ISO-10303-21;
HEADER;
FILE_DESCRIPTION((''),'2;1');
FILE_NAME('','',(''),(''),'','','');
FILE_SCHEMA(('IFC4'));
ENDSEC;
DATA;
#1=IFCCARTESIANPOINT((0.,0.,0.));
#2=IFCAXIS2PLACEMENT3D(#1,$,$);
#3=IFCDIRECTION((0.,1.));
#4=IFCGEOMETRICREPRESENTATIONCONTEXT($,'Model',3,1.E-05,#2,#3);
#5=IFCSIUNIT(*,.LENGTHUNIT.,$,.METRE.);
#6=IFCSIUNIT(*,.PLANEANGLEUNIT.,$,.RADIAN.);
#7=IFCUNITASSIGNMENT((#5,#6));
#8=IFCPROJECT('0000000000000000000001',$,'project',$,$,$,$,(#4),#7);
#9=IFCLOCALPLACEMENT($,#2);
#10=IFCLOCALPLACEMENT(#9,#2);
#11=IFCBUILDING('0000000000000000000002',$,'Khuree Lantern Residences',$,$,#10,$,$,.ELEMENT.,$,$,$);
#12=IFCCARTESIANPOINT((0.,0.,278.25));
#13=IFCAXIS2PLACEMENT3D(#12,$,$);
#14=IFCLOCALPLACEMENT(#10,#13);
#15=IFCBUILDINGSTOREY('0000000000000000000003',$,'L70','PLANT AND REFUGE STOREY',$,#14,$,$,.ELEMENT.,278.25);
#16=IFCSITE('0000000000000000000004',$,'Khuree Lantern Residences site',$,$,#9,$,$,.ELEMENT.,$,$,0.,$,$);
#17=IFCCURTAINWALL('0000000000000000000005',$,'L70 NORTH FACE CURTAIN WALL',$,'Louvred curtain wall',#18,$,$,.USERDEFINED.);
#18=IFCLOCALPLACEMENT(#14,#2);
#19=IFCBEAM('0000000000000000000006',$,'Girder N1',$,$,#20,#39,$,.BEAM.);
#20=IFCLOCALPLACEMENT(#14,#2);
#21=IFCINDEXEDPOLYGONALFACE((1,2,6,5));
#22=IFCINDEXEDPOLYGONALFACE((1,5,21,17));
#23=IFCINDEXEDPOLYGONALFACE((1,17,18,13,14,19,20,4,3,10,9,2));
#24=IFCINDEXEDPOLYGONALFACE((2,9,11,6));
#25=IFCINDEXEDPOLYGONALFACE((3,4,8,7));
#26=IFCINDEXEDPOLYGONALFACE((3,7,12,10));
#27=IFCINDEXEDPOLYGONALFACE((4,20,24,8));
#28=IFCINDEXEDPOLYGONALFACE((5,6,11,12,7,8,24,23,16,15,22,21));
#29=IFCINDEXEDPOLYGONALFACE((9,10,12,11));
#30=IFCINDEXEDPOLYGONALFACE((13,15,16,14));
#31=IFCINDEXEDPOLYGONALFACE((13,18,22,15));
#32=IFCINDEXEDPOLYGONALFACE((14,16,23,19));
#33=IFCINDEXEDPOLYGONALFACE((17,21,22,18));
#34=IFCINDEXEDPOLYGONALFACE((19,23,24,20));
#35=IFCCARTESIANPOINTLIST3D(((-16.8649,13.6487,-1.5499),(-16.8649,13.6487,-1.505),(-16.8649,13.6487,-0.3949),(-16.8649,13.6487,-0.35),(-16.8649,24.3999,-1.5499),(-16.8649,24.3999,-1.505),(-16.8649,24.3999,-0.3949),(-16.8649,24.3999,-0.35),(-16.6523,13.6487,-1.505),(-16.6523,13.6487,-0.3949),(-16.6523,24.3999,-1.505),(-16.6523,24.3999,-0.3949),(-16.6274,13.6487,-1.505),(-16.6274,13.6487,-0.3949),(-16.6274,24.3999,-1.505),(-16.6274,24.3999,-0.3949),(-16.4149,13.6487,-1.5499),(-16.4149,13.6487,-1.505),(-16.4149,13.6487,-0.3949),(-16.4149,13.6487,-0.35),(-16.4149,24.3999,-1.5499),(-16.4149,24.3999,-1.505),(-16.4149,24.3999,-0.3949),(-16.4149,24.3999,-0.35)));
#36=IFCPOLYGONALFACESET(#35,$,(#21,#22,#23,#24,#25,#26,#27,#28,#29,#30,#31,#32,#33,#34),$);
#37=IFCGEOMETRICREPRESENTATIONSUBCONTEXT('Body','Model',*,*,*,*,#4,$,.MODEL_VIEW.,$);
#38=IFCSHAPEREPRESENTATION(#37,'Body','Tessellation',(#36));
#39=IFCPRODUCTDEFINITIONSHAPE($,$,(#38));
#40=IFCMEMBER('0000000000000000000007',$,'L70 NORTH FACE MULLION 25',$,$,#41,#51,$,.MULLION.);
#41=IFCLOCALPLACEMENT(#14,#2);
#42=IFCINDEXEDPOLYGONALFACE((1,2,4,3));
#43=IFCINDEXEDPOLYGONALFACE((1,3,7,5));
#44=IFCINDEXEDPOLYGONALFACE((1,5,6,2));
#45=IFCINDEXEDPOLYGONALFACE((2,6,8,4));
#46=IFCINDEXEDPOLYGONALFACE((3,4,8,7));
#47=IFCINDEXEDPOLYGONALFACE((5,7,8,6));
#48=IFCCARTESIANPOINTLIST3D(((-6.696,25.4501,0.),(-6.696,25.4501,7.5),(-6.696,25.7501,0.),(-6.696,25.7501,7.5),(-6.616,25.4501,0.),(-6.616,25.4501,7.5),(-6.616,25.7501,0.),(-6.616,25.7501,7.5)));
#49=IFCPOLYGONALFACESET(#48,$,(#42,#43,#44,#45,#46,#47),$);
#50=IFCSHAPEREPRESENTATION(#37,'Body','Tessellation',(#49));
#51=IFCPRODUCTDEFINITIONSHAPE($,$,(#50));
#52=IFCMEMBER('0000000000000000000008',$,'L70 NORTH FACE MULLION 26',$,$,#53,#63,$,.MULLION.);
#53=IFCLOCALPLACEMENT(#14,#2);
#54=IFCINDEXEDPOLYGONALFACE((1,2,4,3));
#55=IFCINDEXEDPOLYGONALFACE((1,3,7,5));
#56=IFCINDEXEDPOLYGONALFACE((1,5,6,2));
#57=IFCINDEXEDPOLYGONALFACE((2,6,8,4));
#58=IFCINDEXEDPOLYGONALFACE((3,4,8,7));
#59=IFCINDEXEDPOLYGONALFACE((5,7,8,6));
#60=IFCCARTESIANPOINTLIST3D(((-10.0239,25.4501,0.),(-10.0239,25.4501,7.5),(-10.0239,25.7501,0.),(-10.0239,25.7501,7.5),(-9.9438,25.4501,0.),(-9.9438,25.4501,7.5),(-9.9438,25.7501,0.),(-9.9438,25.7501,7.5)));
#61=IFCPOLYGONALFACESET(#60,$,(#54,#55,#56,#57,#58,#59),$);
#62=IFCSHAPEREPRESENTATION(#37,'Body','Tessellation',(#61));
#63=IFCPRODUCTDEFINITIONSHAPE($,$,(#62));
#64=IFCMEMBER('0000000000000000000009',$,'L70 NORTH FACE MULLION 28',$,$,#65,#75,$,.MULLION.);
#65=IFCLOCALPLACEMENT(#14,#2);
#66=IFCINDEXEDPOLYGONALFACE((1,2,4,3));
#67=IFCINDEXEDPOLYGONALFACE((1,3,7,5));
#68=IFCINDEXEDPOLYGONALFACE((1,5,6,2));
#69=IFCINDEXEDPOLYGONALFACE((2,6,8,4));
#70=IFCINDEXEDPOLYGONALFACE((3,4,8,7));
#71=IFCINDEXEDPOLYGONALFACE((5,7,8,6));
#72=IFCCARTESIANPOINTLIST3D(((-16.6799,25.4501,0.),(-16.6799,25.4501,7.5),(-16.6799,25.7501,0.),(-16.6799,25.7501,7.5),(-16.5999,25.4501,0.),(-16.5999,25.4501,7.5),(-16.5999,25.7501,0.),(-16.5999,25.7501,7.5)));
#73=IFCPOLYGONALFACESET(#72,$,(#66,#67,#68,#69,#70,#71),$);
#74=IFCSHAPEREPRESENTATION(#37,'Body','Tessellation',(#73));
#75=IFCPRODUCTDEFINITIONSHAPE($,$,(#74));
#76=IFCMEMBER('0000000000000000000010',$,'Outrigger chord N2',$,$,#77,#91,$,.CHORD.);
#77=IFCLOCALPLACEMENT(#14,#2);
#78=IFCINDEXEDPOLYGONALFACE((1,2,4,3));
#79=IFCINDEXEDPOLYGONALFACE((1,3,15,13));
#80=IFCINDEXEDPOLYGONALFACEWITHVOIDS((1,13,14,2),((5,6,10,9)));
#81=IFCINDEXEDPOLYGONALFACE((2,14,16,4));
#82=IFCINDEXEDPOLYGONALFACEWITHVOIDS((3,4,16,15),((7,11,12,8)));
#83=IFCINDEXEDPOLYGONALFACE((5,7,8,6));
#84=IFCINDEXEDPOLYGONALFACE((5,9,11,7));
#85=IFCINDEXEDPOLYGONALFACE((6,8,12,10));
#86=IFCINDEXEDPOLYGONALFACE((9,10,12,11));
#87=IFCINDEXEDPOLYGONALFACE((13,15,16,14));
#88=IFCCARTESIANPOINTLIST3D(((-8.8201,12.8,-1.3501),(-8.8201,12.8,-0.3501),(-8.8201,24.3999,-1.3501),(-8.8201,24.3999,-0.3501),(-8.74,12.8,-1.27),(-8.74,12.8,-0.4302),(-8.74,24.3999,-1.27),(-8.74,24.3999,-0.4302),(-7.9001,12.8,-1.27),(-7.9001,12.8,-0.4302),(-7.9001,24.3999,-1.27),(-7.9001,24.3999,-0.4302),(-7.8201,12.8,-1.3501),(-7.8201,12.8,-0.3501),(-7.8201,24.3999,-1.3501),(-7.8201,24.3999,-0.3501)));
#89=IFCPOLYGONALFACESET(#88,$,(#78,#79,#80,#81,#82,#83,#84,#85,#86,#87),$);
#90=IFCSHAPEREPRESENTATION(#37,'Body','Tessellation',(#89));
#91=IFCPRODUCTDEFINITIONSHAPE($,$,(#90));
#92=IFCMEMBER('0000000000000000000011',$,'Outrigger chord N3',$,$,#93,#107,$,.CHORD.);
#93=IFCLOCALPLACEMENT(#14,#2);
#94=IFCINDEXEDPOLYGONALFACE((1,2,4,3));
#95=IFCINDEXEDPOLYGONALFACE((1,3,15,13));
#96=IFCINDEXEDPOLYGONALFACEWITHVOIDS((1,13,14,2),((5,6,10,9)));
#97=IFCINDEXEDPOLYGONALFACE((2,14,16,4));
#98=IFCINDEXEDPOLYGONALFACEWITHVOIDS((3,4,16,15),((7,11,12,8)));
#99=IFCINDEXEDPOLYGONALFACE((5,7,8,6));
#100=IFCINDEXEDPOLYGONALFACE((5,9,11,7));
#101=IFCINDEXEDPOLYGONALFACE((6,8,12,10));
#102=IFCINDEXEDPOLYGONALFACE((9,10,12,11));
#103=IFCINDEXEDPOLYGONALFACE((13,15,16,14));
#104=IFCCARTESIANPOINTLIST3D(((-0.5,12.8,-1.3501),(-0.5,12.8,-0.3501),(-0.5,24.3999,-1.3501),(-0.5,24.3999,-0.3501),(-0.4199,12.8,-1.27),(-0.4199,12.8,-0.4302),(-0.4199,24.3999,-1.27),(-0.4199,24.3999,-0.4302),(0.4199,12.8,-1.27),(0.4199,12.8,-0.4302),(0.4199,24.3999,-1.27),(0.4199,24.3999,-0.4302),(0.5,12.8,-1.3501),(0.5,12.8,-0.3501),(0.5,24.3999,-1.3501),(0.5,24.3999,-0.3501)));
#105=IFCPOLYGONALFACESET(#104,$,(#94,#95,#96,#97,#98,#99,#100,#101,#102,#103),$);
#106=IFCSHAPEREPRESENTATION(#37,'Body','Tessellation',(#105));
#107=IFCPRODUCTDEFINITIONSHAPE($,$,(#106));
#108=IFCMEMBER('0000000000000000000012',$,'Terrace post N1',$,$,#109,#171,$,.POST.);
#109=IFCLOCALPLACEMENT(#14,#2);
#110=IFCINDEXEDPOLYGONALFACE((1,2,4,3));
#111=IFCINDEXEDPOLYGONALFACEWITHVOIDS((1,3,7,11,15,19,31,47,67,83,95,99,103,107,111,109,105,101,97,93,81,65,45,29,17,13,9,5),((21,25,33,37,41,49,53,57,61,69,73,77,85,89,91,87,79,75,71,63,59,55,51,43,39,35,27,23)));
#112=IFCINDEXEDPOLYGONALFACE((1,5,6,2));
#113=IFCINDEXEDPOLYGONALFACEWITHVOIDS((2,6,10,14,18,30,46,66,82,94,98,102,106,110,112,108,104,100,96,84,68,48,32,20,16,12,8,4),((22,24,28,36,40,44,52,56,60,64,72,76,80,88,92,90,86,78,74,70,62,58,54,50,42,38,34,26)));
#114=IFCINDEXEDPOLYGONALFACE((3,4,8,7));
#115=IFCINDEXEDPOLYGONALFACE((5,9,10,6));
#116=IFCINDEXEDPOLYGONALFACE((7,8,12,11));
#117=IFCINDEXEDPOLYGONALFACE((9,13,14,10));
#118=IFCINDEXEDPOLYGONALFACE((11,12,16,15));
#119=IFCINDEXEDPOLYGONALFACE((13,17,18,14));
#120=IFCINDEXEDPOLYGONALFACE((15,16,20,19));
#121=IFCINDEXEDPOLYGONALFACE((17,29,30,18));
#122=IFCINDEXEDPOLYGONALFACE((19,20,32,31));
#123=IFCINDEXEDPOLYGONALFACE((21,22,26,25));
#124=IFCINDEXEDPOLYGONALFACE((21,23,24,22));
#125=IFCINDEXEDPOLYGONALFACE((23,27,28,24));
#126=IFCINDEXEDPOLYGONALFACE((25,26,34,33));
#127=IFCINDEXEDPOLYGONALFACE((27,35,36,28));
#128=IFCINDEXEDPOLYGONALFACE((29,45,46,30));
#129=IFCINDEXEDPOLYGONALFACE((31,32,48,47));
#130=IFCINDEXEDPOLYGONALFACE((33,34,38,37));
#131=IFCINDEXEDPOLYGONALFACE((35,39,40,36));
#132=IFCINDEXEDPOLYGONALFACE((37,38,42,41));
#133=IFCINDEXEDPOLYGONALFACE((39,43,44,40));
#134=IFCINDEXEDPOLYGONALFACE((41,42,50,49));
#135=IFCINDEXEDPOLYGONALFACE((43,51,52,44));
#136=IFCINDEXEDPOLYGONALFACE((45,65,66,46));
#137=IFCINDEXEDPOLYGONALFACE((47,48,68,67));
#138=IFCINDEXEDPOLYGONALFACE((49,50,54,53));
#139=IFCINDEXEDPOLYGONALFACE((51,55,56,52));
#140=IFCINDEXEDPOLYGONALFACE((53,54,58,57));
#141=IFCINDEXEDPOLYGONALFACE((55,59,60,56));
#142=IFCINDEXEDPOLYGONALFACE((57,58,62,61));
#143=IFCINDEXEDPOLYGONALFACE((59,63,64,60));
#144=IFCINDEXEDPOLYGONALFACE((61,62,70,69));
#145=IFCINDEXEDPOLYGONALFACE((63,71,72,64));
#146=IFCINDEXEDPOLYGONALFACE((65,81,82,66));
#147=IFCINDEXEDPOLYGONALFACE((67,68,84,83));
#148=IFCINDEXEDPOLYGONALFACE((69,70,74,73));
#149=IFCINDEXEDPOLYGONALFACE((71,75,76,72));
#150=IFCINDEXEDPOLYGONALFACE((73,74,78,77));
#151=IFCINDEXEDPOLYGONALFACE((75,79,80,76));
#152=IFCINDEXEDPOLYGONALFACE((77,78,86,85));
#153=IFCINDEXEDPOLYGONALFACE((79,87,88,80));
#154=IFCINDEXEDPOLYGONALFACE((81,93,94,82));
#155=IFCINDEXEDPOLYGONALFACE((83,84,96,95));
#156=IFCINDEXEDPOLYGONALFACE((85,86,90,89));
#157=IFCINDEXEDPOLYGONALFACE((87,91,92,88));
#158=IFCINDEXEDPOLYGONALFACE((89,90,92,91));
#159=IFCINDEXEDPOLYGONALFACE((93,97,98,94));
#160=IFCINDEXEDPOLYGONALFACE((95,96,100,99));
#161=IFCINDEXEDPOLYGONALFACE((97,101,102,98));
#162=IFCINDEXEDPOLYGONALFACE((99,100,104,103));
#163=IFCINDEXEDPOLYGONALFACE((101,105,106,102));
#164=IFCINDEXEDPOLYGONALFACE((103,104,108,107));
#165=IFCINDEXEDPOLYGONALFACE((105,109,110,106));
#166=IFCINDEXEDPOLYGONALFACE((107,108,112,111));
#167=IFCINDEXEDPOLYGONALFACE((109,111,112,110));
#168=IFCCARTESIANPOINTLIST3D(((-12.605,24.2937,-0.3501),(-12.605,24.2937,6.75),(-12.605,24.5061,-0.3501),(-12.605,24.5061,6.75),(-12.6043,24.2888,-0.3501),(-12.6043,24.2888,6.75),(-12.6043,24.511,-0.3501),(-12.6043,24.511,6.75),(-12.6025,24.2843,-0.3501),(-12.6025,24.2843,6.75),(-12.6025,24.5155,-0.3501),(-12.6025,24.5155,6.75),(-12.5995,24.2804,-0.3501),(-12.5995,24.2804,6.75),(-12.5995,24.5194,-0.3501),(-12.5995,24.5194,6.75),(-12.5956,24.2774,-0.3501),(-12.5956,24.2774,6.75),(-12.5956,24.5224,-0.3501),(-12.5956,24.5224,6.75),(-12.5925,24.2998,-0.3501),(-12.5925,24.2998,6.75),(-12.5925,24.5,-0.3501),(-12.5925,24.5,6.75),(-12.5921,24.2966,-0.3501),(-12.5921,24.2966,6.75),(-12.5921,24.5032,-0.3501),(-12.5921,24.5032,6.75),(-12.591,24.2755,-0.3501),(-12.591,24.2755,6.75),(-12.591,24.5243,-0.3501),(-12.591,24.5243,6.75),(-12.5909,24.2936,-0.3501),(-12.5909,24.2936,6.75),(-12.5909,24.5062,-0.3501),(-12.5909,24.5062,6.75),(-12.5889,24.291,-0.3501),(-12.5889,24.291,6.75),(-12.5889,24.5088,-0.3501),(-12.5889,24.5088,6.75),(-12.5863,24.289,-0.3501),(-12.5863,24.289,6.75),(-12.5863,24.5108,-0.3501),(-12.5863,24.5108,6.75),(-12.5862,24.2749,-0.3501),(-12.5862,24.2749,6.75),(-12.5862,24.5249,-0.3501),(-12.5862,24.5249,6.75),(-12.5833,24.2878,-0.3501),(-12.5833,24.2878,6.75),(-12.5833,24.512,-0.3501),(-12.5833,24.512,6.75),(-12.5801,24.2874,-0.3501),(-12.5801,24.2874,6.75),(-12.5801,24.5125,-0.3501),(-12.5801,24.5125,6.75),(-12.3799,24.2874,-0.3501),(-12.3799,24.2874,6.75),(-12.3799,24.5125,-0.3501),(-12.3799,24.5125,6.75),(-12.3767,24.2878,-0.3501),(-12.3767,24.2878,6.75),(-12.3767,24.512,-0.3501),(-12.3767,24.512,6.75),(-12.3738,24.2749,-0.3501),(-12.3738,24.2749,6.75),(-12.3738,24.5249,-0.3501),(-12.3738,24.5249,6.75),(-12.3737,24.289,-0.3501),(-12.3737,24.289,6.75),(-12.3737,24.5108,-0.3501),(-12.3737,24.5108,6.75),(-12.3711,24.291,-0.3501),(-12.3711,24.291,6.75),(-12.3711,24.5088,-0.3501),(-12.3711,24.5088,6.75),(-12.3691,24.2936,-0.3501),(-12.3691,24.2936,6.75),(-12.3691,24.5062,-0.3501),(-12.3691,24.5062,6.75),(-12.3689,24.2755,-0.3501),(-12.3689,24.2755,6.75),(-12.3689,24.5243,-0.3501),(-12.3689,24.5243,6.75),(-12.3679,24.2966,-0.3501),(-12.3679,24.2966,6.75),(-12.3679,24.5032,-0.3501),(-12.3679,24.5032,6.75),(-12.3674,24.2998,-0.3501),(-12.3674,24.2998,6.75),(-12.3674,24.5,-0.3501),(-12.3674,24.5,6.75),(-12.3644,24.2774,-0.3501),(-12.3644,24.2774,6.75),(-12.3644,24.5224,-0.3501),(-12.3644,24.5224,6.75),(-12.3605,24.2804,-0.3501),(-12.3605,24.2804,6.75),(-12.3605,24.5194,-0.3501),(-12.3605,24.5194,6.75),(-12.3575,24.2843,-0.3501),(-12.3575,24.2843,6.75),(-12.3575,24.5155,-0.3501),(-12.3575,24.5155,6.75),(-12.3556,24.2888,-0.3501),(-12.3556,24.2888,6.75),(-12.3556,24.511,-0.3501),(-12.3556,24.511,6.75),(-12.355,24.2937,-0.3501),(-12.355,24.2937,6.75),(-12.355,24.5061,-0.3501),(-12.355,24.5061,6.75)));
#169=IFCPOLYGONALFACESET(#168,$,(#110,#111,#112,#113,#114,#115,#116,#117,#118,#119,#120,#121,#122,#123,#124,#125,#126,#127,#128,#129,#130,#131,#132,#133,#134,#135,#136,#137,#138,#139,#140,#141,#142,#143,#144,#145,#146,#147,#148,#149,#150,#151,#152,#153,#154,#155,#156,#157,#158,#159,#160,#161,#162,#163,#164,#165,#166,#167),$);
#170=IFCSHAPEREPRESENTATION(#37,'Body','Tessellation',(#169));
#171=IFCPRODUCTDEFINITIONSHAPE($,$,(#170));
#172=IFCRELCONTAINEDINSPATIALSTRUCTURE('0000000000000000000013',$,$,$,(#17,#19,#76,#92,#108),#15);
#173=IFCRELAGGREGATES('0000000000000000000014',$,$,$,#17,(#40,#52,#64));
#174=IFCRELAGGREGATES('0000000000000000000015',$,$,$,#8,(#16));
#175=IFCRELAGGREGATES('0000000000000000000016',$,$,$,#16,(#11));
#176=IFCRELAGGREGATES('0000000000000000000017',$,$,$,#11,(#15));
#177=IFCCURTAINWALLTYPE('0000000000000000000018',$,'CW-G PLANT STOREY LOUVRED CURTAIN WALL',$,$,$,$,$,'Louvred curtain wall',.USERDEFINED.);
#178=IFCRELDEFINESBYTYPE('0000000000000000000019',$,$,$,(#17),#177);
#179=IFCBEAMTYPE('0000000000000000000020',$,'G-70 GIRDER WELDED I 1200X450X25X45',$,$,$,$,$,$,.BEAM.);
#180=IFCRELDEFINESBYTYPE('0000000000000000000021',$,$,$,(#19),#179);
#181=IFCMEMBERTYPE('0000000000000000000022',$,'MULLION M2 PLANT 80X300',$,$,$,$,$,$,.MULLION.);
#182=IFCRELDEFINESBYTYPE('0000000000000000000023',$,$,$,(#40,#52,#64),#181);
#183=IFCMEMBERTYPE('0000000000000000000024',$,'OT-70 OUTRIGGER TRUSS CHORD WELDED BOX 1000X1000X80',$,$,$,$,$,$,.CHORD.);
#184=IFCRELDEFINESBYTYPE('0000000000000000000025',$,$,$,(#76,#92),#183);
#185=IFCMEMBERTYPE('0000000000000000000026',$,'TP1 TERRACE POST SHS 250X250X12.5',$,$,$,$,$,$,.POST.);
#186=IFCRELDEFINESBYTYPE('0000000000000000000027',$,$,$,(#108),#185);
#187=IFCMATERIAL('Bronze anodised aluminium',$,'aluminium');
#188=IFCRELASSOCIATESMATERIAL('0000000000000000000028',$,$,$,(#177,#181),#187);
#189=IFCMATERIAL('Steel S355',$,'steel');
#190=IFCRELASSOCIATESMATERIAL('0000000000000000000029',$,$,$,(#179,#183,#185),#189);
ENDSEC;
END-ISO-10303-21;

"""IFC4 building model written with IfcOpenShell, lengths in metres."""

from ifc_helpers import new_model, si_unit, direction, frame, origin, origin_2d, place, context, subcontext, project, spatial, rectangle, hollow_rectangle, i_section, extrude, material, material_profile, profile_set, type_object, element, aggregate, save


model = new_model("IFC4")

# Units and contexts
model_context = context("Model", 3, precision=1e-05, world=origin(), true_north=direction((0.0, 1.0)))
body_context = subcontext(model_context, "Body", "Model", "MODEL_VIEW")
ifc_project = project(units=[si_unit("LENGTHUNIT", "METRE"), si_unit("PLANEANGLEUNIT", "RADIAN")], contexts=[model_context])

# Site, building, storey
site_placement = place(None, origin())
site = spatial("IfcSite", under=ifc_project, at=site_placement, Name="Khuree Lantern Residences site", CompositionType="ELEMENT", RefElevation=0.0)
building_placement = place(site_placement, origin())
building = spatial("IfcBuilding", under=site, at=building_placement, Name="Khuree Lantern Residences", CompositionType="ELEMENT")
storey_placement = place(building_placement, frame((0.0, 0.0, 278.25)))
storey = spatial("IfcBuildingStorey", under=building, at=storey_placement, Name="L70", Description="PLANT AND REFUGE STOREY", CompositionType="ELEMENT", Elevation=278.25)

# Shared definitions
ifc_material_1 = material(Name="Steel S355", Category="steel")

# Curtain wall
ifc_material_2 = material(Name="Bronze anodised aluminium", Category="aluminium")
curtain_wall_type = type_object("IfcCurtainWallType", Name="CW-G PLANT STOREY LOUVRED CURTAIN WALL", ElementType="Louvred curtain wall", PredefinedType="USERDEFINED", material=ifc_material_2)
curtain_wall_placement = place(storey_placement, origin())
curtain_wall = element("IfcCurtainWall", 1, at=curtain_wall_placement, inside=storey, type_object=curtain_wall_type, Name="L70 NORTH FACE CURTAIN WALL", ObjectType="Louvred curtain wall", PredefinedType="USERDEFINED")

# Beam
ifc_material_profile_1 = material_profile(ifc_material_1, i_section(OverallWidth=0.45, OverallDepth=1.2, WebThickness=0.0249, FlangeThickness=0.0449, at=origin_2d()), Name="WELDED I 1200X450X25X45")
ifc_profile_set_1 = profile_set([ifc_material_profile_1], Name="Steel S355")
beam_type_1 = type_object("IfcBeamType", Name="G-70 GIRDER WELDED I 1200X450X25X45", PredefinedType="BEAM", material=ifc_profile_set_1)
beam_placement = place(storey_placement, frame((-16.6399, 24.3999, -0.95), z_axis=(0.0, -1.0, 0.0), x_axis=(1.0, 0.0, 0.0)))
element("IfcBeam", 2, at=beam_placement, inside=storey, type_object=beam_type_1, Name="Girder N1", PredefinedType="BEAM", context=body_context, shape_type="SweptSolid", body=[
    extrude(i_section(OverallWidth=0.45, OverallDepth=1.2, WebThickness=0.0249, FlangeThickness=0.0449, at=origin_2d()), origin(), (0.0, 0.0, 1.0), 10.7512),
])

# Members
ifc_material_profile_2 = material_profile(ifc_material_2, rectangle(XDim=0.0801, YDim=0.3, at=origin_2d()), Name="M2 80X300")
ifc_profile_set_2 = profile_set([ifc_material_profile_2], Name="Bronze anodised aluminium")
member_type_1 = type_object("IfcMemberType", Name="MULLION M2 PLANT 80X300", PredefinedType="MULLION", material=ifc_profile_set_2)
member_1_placement = place(storey_placement, frame((-6.656, 25.6001, 0.0), z_axis=(0.0, 0.0, 1.0), x_axis=(-1.0, 0.0, 0.0)))
member_1 = element("IfcMember", 3, at=member_1_placement, type_object=member_type_1, Name="L70 NORTH FACE MULLION 25", PredefinedType="MULLION", context=body_context, shape_type="SweptSolid", body=[
    extrude(rectangle(XDim=0.0801, YDim=0.3, at=origin_2d()), origin(), (0.0, 0.0, 1.0), 7.5),
])
member_2_placement = place(storey_placement, frame((-9.9839, 25.6001, 0.0), z_axis=(0.0, 0.0, 1.0), x_axis=(-1.0, 0.0, 0.0)))
member_2 = element("IfcMember", 4, at=member_2_placement, type_object=member_type_1, Name="L70 NORTH FACE MULLION 26", PredefinedType="MULLION", context=body_context, shape_type="SweptSolid", body=[
    extrude(rectangle(XDim=0.0801, YDim=0.3, at=origin_2d()), origin(), (0.0, 0.0, 1.0), 7.5),
])
member_3_placement = place(storey_placement, frame((-16.6399, 25.6001, 0.0), z_axis=(0.0, 0.0, 1.0), x_axis=(-1.0, 0.0, 0.0)))
member_3 = element("IfcMember", 5, at=member_3_placement, type_object=member_type_1, Name="L70 NORTH FACE MULLION 28", PredefinedType="MULLION", context=body_context, shape_type="SweptSolid", body=[
    extrude(rectangle(XDim=0.0801, YDim=0.3, at=origin_2d()), origin(), (0.0, 0.0, 1.0), 7.5),
])

# Members
ifc_material_profile_3 = material_profile(ifc_material_1, hollow_rectangle(XDim=1.0, YDim=1.0, WallThickness=0.0801, at=origin_2d()), Name="WELDED BOX 1000X1000X80")
ifc_profile_set_3 = profile_set([ifc_material_profile_3], Name="Steel S355")
member_type_2 = type_object("IfcMemberType", Name="OT-70 OUTRIGGER TRUSS CHORD WELDED BOX 1000X1000X80", PredefinedType="CHORD", material=ifc_profile_set_3)
for number, where, z_axis, x_axis, name in (
    (6, (-8.3201, 24.3999, -0.8501), (0.0, -1.0, 0.0), (1.0, 0.0, 0.0), "Outrigger chord N2"),
    (7, (0.0, 24.3999, -0.8501), (0.0, -1.0, 0.0), (1.0, 0.0, 0.0), "Outrigger chord N3"),
):
    element("IfcMember", number, at=place(storey_placement, frame(where, z_axis=z_axis, x_axis=x_axis)), inside=storey, type_object=member_type_2, Name=name, PredefinedType="CHORD", context=body_context, shape_type="SweptSolid", body=[
        extrude(hollow_rectangle(XDim=1.0, YDim=1.0, WallThickness=0.0801, at=origin_2d()), origin(), (0.0, 0.0, 1.0), 11.5999),
    ])
ifc_material_profile_4 = material_profile(ifc_material_1, hollow_rectangle(XDim=0.25, YDim=0.25, WallThickness=0.0125, InnerFilletRadius=0.0125, OuterFilletRadius=0.0188, at=origin_2d()), Name="SHS 250X250X12.5")
ifc_profile_set_4 = profile_set([ifc_material_profile_4], Name="Steel S355")
member_type_3 = type_object("IfcMemberType", Name="TP1 TERRACE POST SHS 250X250X12.5", PredefinedType="POST", material=ifc_profile_set_4)
for number, where, z_axis, x_axis, name in (
    (8, (-12.48, 24.3999, -0.3501), (0.0, 0.0, 1.0), (1.0, 0.0, 0.0), "Terrace post N1"),
):
    element("IfcMember", number, at=place(storey_placement, frame(where, z_axis=z_axis, x_axis=x_axis)), inside=storey, type_object=member_type_3, Name=name, PredefinedType="POST", context=body_context, shape_type="SweptSolid", body=[
        extrude(hollow_rectangle(XDim=0.25, YDim=0.25, WallThickness=0.0125, InnerFilletRadius=0.0125, OuterFilletRadius=0.0188, at=origin_2d()), origin(), (0.0, 0.0, 1.0), 7.1001),
    ])

aggregate(curtain_wall, [member_1, member_2, member_3])

save(model, "model.ifc")
